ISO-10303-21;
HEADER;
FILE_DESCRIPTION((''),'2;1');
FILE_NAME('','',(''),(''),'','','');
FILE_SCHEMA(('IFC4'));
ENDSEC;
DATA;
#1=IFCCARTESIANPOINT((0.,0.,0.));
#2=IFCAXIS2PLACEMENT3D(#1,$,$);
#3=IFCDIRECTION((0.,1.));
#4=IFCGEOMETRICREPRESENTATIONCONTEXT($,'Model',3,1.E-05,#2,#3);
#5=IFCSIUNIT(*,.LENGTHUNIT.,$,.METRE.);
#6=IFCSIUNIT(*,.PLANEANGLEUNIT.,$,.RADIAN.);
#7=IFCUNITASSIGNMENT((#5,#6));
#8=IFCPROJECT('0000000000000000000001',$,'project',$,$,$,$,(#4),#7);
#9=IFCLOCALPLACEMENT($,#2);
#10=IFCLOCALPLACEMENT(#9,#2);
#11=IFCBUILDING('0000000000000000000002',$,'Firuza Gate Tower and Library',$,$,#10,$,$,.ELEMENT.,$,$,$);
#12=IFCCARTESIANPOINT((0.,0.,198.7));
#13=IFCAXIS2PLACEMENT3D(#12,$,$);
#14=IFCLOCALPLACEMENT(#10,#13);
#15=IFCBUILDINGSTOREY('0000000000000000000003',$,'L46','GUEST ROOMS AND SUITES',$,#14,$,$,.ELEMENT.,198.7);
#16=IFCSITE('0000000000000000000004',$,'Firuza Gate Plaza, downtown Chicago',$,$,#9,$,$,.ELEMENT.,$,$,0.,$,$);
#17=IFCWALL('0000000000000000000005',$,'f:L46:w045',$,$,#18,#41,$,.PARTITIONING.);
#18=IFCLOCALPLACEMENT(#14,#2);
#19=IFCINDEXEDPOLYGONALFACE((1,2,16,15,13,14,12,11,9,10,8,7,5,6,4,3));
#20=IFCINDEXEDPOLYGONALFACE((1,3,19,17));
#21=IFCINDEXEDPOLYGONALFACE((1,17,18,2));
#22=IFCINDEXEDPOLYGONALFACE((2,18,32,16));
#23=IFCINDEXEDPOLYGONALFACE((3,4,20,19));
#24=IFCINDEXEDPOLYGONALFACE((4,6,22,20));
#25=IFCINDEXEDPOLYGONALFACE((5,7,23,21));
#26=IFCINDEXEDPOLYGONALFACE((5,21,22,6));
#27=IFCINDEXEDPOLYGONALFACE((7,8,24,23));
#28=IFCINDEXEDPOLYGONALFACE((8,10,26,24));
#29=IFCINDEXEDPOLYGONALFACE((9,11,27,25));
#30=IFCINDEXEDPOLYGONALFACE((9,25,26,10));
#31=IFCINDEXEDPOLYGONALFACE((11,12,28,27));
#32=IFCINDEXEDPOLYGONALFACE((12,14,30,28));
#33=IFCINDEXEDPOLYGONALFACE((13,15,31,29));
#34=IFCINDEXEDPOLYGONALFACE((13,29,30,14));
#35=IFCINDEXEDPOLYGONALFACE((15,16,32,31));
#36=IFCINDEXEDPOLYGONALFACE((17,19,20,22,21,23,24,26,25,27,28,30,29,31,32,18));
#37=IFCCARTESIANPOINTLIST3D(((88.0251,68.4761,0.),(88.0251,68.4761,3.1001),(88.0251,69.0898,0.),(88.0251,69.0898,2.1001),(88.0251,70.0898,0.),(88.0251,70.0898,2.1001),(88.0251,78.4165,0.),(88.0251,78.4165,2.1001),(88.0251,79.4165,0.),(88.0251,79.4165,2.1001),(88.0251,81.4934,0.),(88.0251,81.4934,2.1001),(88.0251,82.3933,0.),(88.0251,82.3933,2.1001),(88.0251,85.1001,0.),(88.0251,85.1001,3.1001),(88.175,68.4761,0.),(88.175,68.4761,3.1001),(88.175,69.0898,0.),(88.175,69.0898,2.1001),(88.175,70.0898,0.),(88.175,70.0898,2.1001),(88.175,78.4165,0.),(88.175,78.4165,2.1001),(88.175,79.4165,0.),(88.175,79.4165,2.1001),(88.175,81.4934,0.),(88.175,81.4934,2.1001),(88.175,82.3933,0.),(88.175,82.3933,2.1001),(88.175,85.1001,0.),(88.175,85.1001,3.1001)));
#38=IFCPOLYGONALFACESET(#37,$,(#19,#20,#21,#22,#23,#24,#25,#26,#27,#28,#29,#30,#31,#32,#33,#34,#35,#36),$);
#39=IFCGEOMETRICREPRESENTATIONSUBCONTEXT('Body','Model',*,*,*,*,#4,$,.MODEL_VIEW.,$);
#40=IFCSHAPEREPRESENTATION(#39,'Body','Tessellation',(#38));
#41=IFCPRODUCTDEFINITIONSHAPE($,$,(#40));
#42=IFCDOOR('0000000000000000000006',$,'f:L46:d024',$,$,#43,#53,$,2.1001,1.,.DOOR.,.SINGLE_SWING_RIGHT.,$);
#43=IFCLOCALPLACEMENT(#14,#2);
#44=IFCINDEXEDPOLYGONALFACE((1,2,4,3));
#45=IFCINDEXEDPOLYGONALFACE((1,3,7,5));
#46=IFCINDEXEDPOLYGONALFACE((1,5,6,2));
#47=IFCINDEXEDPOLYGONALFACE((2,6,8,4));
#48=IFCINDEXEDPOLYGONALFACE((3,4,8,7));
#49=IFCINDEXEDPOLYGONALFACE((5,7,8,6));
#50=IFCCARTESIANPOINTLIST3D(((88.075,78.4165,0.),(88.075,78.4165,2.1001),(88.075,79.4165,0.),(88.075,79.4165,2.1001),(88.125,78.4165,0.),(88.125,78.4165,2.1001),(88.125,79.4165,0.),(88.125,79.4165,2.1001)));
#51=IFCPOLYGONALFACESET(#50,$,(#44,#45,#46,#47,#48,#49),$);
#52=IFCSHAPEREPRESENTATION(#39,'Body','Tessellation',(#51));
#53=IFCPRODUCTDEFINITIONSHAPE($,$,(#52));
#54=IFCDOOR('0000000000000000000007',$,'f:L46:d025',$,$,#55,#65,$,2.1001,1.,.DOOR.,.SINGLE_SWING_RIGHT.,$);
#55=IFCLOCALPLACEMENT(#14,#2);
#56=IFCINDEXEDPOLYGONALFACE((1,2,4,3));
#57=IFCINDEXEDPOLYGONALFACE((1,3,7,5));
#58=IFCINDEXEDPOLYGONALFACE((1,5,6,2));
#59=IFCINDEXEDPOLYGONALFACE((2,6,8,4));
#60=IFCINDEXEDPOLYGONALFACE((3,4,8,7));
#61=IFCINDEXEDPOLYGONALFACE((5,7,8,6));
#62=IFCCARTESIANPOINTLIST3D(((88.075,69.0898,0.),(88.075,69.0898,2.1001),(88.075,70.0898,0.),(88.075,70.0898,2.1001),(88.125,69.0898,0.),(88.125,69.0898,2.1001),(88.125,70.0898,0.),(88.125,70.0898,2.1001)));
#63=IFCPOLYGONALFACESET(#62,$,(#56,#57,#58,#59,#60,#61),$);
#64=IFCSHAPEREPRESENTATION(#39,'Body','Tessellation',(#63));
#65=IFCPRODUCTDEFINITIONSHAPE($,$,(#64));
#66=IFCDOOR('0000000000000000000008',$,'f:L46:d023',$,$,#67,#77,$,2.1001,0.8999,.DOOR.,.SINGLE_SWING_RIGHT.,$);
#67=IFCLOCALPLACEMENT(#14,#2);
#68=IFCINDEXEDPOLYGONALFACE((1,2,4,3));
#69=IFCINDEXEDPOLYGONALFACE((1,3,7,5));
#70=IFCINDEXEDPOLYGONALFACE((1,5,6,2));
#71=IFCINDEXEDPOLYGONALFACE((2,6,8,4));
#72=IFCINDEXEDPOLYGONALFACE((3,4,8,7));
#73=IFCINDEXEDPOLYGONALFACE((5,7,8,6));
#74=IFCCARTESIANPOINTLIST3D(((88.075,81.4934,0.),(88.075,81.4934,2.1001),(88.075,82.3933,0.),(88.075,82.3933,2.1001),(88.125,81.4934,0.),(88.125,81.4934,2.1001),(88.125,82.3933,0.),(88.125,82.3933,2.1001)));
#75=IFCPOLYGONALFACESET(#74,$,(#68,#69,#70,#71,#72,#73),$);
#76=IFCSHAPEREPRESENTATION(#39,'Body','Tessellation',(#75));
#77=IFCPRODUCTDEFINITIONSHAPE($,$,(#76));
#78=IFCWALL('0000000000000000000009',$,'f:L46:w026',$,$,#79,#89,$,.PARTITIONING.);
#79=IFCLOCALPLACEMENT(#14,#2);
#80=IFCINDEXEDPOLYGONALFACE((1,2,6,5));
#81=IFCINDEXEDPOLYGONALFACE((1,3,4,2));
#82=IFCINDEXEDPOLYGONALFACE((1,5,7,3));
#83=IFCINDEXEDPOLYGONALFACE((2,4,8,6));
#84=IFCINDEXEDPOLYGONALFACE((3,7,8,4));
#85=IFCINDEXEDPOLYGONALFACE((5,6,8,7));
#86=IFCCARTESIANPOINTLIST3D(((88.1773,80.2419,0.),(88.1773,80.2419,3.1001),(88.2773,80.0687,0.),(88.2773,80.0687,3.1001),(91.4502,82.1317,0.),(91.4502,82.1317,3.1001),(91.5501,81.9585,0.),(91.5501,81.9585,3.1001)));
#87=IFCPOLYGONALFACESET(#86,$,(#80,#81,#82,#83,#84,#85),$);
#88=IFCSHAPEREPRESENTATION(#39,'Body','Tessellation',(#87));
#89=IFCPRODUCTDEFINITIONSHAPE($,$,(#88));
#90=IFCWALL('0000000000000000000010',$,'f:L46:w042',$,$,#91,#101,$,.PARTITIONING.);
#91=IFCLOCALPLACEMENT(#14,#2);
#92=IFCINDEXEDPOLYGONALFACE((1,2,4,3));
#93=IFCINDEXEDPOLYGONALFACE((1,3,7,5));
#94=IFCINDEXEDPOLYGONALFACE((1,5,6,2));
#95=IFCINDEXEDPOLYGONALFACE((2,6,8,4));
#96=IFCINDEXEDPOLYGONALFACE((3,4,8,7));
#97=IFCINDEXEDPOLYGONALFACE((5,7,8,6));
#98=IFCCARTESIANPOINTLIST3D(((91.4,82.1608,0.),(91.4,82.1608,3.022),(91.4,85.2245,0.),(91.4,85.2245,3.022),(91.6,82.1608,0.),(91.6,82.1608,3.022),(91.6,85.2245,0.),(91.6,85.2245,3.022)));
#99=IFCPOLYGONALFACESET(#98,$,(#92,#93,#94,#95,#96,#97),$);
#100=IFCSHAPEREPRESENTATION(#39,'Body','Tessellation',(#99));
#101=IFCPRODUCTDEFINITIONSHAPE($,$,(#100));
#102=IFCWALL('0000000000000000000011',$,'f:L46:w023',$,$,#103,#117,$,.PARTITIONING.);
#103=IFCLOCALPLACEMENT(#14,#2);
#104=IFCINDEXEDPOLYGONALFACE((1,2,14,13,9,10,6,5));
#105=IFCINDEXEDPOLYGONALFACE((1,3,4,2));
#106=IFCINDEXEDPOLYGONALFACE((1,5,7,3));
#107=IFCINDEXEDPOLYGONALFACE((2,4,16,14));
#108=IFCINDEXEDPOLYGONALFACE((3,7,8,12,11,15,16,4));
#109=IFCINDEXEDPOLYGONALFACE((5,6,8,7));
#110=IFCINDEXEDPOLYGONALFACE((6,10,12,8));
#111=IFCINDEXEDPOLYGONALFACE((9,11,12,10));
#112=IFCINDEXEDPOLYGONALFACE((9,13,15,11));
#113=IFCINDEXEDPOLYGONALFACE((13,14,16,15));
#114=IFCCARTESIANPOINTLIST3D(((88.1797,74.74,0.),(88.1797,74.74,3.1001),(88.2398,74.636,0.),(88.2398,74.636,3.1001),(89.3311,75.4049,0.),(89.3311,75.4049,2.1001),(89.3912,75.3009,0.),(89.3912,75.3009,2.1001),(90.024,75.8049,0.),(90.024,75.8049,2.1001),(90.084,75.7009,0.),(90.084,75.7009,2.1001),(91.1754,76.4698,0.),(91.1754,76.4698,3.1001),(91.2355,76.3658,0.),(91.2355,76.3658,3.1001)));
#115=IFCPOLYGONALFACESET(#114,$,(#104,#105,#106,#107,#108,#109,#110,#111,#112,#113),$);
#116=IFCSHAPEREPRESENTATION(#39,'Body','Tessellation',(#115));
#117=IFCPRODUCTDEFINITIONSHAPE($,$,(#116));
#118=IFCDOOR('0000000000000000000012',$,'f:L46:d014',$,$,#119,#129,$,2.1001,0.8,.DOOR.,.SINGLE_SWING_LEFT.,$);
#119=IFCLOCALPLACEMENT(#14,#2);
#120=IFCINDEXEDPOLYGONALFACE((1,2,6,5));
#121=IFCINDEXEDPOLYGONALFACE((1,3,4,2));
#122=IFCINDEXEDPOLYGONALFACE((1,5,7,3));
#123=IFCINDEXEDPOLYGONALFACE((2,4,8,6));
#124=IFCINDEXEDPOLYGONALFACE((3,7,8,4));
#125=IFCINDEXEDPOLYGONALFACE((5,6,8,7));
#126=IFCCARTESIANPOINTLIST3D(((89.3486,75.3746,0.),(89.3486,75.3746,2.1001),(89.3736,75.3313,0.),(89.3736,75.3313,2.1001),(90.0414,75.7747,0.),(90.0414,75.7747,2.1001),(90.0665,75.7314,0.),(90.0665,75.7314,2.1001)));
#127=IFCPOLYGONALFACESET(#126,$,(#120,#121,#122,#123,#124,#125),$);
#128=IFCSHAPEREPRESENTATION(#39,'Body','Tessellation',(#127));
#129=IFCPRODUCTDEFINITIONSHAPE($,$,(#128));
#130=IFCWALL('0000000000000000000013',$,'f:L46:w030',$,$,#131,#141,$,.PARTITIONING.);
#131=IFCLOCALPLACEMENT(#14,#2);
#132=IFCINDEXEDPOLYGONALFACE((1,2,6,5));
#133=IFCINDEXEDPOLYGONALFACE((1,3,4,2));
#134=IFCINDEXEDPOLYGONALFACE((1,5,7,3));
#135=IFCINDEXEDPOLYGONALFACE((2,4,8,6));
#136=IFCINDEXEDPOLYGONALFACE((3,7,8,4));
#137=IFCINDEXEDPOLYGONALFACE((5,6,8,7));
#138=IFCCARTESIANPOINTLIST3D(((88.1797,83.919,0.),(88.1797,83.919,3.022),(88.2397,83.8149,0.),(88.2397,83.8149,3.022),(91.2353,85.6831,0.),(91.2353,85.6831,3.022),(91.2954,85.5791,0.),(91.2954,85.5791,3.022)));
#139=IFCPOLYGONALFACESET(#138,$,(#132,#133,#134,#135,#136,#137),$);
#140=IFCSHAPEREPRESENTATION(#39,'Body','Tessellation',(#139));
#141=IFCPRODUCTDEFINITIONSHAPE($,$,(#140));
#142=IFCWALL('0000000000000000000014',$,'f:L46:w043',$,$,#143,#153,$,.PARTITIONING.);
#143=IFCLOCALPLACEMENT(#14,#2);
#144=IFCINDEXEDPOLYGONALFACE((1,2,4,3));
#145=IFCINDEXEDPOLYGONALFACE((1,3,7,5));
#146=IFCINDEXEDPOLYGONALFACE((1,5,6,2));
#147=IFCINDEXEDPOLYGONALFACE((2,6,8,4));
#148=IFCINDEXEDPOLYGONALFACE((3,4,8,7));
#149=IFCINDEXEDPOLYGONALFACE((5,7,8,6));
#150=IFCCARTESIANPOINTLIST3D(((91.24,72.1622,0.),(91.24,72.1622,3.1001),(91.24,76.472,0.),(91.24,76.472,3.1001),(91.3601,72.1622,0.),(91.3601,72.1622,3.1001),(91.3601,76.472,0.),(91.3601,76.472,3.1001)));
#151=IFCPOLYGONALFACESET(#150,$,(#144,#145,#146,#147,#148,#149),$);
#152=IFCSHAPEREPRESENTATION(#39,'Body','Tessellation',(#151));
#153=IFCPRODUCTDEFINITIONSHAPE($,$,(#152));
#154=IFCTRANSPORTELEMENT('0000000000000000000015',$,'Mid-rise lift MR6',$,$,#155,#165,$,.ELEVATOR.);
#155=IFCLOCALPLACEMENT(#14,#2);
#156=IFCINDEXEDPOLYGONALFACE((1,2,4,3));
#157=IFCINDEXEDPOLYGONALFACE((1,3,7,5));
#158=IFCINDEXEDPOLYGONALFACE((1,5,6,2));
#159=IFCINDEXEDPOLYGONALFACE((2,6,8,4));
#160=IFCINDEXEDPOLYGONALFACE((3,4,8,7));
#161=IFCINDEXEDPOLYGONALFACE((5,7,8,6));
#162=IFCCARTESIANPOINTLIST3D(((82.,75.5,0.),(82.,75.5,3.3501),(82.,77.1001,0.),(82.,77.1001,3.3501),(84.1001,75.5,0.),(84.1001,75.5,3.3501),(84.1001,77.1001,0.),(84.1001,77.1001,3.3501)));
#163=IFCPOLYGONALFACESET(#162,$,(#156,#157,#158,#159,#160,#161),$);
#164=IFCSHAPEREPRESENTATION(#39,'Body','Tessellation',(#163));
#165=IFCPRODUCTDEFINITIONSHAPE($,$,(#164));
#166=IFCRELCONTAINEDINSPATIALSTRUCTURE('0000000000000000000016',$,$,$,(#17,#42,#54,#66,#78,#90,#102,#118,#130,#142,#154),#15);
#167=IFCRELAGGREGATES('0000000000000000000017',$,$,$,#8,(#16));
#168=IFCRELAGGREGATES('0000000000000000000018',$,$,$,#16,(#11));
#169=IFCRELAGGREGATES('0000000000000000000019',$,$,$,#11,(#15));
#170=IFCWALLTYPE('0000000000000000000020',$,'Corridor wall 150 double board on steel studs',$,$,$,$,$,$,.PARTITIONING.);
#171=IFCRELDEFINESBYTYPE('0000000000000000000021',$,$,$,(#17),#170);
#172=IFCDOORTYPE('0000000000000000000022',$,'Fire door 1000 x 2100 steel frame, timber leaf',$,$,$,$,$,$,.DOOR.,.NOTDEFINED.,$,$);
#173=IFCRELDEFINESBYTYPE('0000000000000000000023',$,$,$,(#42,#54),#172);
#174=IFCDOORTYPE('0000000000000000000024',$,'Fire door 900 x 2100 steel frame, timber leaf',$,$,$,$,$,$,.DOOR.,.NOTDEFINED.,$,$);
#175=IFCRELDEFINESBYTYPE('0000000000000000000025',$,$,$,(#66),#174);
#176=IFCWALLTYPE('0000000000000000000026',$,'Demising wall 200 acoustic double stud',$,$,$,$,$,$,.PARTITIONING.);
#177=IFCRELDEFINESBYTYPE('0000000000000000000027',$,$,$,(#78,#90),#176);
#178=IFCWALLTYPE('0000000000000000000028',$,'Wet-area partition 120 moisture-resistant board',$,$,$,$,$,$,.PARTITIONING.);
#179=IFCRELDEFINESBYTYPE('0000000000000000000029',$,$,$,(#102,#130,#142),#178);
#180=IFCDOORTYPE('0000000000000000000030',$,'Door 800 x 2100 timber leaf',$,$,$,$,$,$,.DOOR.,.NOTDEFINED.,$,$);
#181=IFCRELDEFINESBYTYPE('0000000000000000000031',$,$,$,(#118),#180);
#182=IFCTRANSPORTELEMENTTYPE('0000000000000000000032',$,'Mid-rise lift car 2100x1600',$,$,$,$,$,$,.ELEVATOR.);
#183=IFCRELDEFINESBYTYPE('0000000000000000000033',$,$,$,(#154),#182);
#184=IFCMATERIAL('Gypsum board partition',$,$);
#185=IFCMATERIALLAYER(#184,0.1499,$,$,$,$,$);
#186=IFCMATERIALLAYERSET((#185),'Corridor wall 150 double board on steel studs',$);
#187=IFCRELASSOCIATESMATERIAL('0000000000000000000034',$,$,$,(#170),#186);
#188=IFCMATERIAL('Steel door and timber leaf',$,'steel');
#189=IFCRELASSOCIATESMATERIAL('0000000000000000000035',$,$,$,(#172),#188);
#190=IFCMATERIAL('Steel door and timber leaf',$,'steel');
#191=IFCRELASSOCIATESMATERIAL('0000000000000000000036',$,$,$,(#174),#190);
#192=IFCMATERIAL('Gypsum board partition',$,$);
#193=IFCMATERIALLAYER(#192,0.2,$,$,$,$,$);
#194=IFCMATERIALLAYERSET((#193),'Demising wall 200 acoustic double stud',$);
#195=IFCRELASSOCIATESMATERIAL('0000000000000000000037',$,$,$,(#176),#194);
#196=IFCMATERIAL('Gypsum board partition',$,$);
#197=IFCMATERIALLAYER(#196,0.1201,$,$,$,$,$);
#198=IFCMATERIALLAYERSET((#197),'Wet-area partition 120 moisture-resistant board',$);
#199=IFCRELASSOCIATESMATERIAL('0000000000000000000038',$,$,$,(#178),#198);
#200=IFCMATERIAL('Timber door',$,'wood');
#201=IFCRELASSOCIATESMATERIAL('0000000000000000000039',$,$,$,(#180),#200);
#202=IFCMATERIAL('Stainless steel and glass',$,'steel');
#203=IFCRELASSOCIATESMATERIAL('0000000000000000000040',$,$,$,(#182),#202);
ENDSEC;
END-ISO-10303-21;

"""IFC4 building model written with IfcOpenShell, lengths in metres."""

from ifc_helpers import new_model, si_unit, direction, frame, frame_2d, origin, origin_2d, place, context, subcontext, project, spatial, rectangle, extrude, material, layer, layer_set, type_object, element, fill, save


model = new_model("IFC4")

# Units and contexts
model_context = context("Model", 3, precision=1e-05, world=origin(), true_north=direction((0.0, 1.0)))
body_context = subcontext(model_context, "Body", "Model", "MODEL_VIEW")
ifc_project = project(units=[si_unit("LENGTHUNIT", "METRE"), si_unit("PLANEANGLEUNIT", "RADIAN")], contexts=[model_context])

# Site, building, storey
site_placement = place(None, origin())
site = spatial("IfcSite", under=ifc_project, at=site_placement, Name="Firuza Gate Plaza, downtown Chicago", CompositionType="ELEMENT", RefElevation=0.0)
building_placement = place(site_placement, origin())
building = spatial("IfcBuilding", under=site, at=building_placement, Name="Firuza Gate Tower and Library", CompositionType="ELEMENT")
storey_placement = place(building_placement, frame((0.0, 0.0, 198.7)))
storey = spatial("IfcBuildingStorey", under=building, at=storey_placement, Name="L46", Description="GUEST ROOMS AND SUITES", CompositionType="ELEMENT", Elevation=198.7)

# Wall, openings, doors
ifc_material_1 = material(Name="Gypsum board partition")
ifc_layer_1 = layer(ifc_material_1, 0.1499)
ifc_layer_set_1 = layer_set([ifc_layer_1], Name="Corridor wall 150 double board on steel studs")
wall_type_1 = type_object("IfcWallType", Name="Corridor wall 150 double board on steel studs", PredefinedType="PARTITIONING", material=ifc_layer_set_1)
wall_1_placement = place(storey_placement, frame((88.1001, 85.1001, 0.0), z_axis=(0.0, 0.0, 1.0), x_axis=(0.0, -1.0, 0.0)))
wall_1 = element("IfcWall", 1, at=wall_1_placement, inside=storey, type_object=wall_type_1, Name="f:L46:w045", PredefinedType="PARTITIONING", context=body_context, shape_type="SweptSolid", body=[
    extrude(rectangle(XDim=16.624, YDim=0.1499, at=frame_2d((8.312, 0.0))), origin(), (0.0, 0.0, 1.0), 3.1001),
])
opening_1_placement = place(wall_1_placement, frame((2.7068, 0.0, 0.0)))
opening_1 = element("IfcOpeningElement", 2, at=opening_1_placement, cuts=wall_1, PredefinedType="OPENING", context=body_context, shape_type="SweptSolid", body=[
    extrude(rectangle(XDim=0.8999, YDim=2.1001, at=frame_2d((0.45, 1.05))), frame((0.0, 0.085, 0.0), z_axis=(0.0, -1.0, 0.0), x_axis=(1.0, 0.0, 0.0)), (0.0, 0.0, 1.0), 0.1699),
])
opening_2_placement = place(wall_1_placement, frame((5.6836, 0.0, 0.0)))
opening_2 = element("IfcOpeningElement", 3, at=opening_2_placement, cuts=wall_1, PredefinedType="OPENING", context=body_context, shape_type="SweptSolid", body=[
    extrude(rectangle(XDim=1.0, YDim=2.1001, at=frame_2d((0.5, 1.05))), frame((0.0, 0.085, 0.0), z_axis=(0.0, -1.0, 0.0), x_axis=(1.0, 0.0, 0.0)), (0.0, 0.0, 1.0), 0.1699),
])
opening_3_placement = place(wall_1_placement, frame((15.0103, 0.0, 0.0)))
opening_3 = element("IfcOpeningElement", 4, at=opening_3_placement, cuts=wall_1, PredefinedType="OPENING", context=body_context, shape_type="SweptSolid", body=[
    extrude(rectangle(XDim=1.0, YDim=2.1001, at=frame_2d((0.5, 1.05))), frame((0.0, 0.085, 0.0), z_axis=(0.0, -1.0, 0.0), x_axis=(1.0, 0.0, 0.0)), (0.0, 0.0, 1.0), 0.1699),
])
ifc_material_2 = material(Name="Steel door and timber leaf", Category="steel")
door_type_1 = type_object("IfcDoorType", Name="Fire door 1000 x 2100 steel frame, timber leaf", OperationType="NOTDEFINED", PredefinedType="DOOR", material=ifc_material_2)
door_1_placement = place(opening_2_placement, origin())
door_1 = element("IfcDoor", 5, at=door_1_placement, inside=storey, type_object=door_type_1, Name="f:L46:d024", OperationType="SINGLE_SWING_RIGHT", OverallHeight=2.1001, OverallWidth=1.0, PredefinedType="DOOR", context=body_context, shape_type="SweptSolid", body=[
    extrude(rectangle(XDim=1.0, YDim=2.1001, at=frame_2d((0.5, 1.05))), frame((0.0, 0.0249, 0.0), z_axis=(0.0, -1.0, 0.0), x_axis=(1.0, 0.0, 0.0)), (0.0, 0.0, 1.0), 0.05),
])
fill(opening_2, door_1)
door_2_placement = place(opening_3_placement, origin())
door_2 = element("IfcDoor", 6, at=door_2_placement, inside=storey, type_object=door_type_1, Name="f:L46:d025", OperationType="SINGLE_SWING_RIGHT", OverallHeight=2.1001, OverallWidth=1.0, PredefinedType="DOOR", context=body_context, shape_type="SweptSolid", body=[
    extrude(rectangle(XDim=1.0, YDim=2.1001, at=frame_2d((0.5, 1.05))), frame((0.0, 0.0249, 0.0), z_axis=(0.0, -1.0, 0.0), x_axis=(1.0, 0.0, 0.0)), (0.0, 0.0, 1.0), 0.05),
])
fill(opening_3, door_2)
ifc_material_3 = material(Name="Steel door and timber leaf", Category="steel")
door_type_2 = type_object("IfcDoorType", Name="Fire door 900 x 2100 steel frame, timber leaf", OperationType="NOTDEFINED", PredefinedType="DOOR", material=ifc_material_3)
door_3_placement = place(opening_1_placement, origin())
door_3 = element("IfcDoor", 7, at=door_3_placement, inside=storey, type_object=door_type_2, Name="f:L46:d023", OperationType="SINGLE_SWING_RIGHT", OverallHeight=2.1001, OverallWidth=0.8999, PredefinedType="DOOR", context=body_context, shape_type="SweptSolid", body=[
    extrude(rectangle(XDim=0.8999, YDim=2.1001, at=frame_2d((0.45, 1.05))), frame((0.0, 0.0249, 0.0), z_axis=(0.0, -1.0, 0.0), x_axis=(1.0, 0.0, 0.0)), (0.0, 0.0, 1.0), 0.05),
])
fill(opening_1, door_3)

# Walls
ifc_material_4 = material(Name="Gypsum board partition")
ifc_layer_2 = layer(ifc_material_4, 0.2)
ifc_layer_set_2 = layer_set([ifc_layer_2], Name="Demising wall 200 acoustic double stud")
wall_type_2 = type_object("IfcWallType", Name="Demising wall 200 acoustic double stud", PredefinedType="PARTITIONING", material=ifc_layer_set_2)
wall_2_placement = place(storey_placement, frame((88.2273, 80.1553, 0.0), z_axis=(0.0, 0.0, 1.0), x_axis=(0.865996, 0.50005, 0.0)))
element("IfcWall", 8, at=wall_2_placement, inside=storey, type_object=wall_type_2, Name="f:L46:w026", PredefinedType="PARTITIONING", context=body_context, shape_type="SweptSolid", body=[
    extrude(rectangle(XDim=3.7793, YDim=0.2, at=frame_2d((1.8896, 0.0))), origin(), (0.0, 0.0, 1.0), 3.1001),
])
wall_3_placement = place(storey_placement, frame((91.5, 82.1609, 0.0), z_axis=(0.0, 0.0, 1.0), x_axis=(0.0, 1.0, 0.0)))
element("IfcWall", 9, at=wall_3_placement, inside=storey, type_object=wall_type_2, Name="f:L46:w042", PredefinedType="PARTITIONING", context=body_context, shape_type="SweptSolid", body=[
    extrude(rectangle(XDim=3.0637, YDim=0.2, at=frame_2d((1.5317, 0.0))), origin(), (0.0, 0.0, 1.0), 3.022),
])

# Wall, opening, door
ifc_material_5 = material(Name="Gypsum board partition")
ifc_layer_3 = layer(ifc_material_5, 0.1201)
ifc_layer_set_3 = layer_set([ifc_layer_3], Name="Wet-area partition 120 moisture-resistant board")
wall_type_3 = type_object("IfcWallType", Name="Wet-area partition 120 moisture-resistant board", PredefinedType="PARTITIONING", material=ifc_layer_set_3)
wall_4_placement = place(storey_placement, frame((91.2053, 76.4177, 0.0), z_axis=(0.0, 0.0, 1.0), x_axis=(-0.865998, -0.500048, 0.0)))
wall_4 = element("IfcWall", 10, at=wall_4_placement, inside=storey, type_object=wall_type_3, Name="f:L46:w023", PredefinedType="PARTITIONING", context=body_context, shape_type="SweptSolid", body=[
    extrude(rectangle(XDim=3.4592, YDim=0.1201, at=frame_2d((1.7295, 0.0))), origin(), (0.0, 0.0, 1.0), 3.1001),
])
opening_4_placement = place(wall_4_placement, frame((1.3296, 0.0, 0.0)))
opening_4 = element("IfcOpeningElement", 11, at=opening_4_placement, cuts=wall_4, PredefinedType="OPENING", context=body_context, shape_type="SweptSolid", body=[
    extrude(rectangle(XDim=0.8, YDim=2.1001, at=frame_2d((0.3999, 1.05))), frame((0.0, 0.0701, 0.0), z_axis=(0.0, -1.0, 0.0), x_axis=(1.0, 0.0, 0.0)), (0.0, 0.0, 1.0), 0.1401),
])
ifc_material_6 = material(Name="Timber door", Category="wood")
door_type_3 = type_object("IfcDoorType", Name="Door 800 x 2100 timber leaf", OperationType="NOTDEFINED", PredefinedType="DOOR", material=ifc_material_6)
door_4_placement = place(opening_4_placement, origin())
door_4 = element("IfcDoor", 12, at=door_4_placement, inside=storey, type_object=door_type_3, Name="f:L46:d014", OperationType="SINGLE_SWING_LEFT", OverallHeight=2.1001, OverallWidth=0.8, PredefinedType="DOOR", context=body_context, shape_type="SweptSolid", body=[
    extrude(rectangle(XDim=0.8, YDim=2.1001, at=frame_2d((0.3999, 1.05))), frame((0.0, 0.0249, 0.0), z_axis=(0.0, -1.0, 0.0), x_axis=(1.0, 0.0, 0.0)), (0.0, 0.0, 1.0), 0.05),
])
fill(opening_4, door_4)

# Walls
wall_5_placement = place(storey_placement, frame((88.2097, 83.8669, 0.0), z_axis=(0.0, 0.0, 1.0), x_axis=(0.866029, 0.499994, 0.0)))
element("IfcWall", 13, at=wall_5_placement, inside=storey, type_object=wall_type_3, Name="f:L46:w030", PredefinedType="PARTITIONING", context=body_context, shape_type="SweptSolid", body=[
    extrude(rectangle(XDim=3.5283, YDim=0.1201, at=frame_2d((1.7642, 0.0))), origin(), (0.0, 0.0, 1.0), 3.022),
])
wall_6_placement = place(storey_placement, frame((91.3, 72.1624, 0.0), z_axis=(0.0, 0.0, 1.0), x_axis=(0.0, 1.0, 0.0)))
element("IfcWall", 14, at=wall_6_placement, inside=storey, type_object=wall_type_3, Name="f:L46:w043", PredefinedType="PARTITIONING", context=body_context, shape_type="SweptSolid", body=[
    extrude(rectangle(XDim=4.3098, YDim=0.1201, at=frame_2d((2.1548, 0.0))), origin(), (0.0, 0.0, 1.0), 3.1001),
])

# Transport element
ifc_material_7 = material(Name="Stainless steel and glass", Category="steel")
transport_element_type = type_object("IfcTransportElementType", Name="Mid-rise lift car 2100x1600", PredefinedType="ELEVATOR", material=ifc_material_7)
transport_element_placement = place(storey_placement, frame((83.05, 76.3, 0.0), z_axis=(0.0, 0.0, 1.0), x_axis=(1.0, 0.0, 0.0)))
element("IfcTransportElement", 15, at=transport_element_placement, inside=storey, type_object=transport_element_type, Name="Mid-rise lift MR6", PredefinedType="ELEVATOR", context=body_context, shape_type="SweptSolid", body=[
    extrude(rectangle(XDim=2.1001, YDim=1.6001, at=origin_2d()), origin(), (0.0, 0.0, 1.0), 3.3501),
])

save(model, "model.ifc")
